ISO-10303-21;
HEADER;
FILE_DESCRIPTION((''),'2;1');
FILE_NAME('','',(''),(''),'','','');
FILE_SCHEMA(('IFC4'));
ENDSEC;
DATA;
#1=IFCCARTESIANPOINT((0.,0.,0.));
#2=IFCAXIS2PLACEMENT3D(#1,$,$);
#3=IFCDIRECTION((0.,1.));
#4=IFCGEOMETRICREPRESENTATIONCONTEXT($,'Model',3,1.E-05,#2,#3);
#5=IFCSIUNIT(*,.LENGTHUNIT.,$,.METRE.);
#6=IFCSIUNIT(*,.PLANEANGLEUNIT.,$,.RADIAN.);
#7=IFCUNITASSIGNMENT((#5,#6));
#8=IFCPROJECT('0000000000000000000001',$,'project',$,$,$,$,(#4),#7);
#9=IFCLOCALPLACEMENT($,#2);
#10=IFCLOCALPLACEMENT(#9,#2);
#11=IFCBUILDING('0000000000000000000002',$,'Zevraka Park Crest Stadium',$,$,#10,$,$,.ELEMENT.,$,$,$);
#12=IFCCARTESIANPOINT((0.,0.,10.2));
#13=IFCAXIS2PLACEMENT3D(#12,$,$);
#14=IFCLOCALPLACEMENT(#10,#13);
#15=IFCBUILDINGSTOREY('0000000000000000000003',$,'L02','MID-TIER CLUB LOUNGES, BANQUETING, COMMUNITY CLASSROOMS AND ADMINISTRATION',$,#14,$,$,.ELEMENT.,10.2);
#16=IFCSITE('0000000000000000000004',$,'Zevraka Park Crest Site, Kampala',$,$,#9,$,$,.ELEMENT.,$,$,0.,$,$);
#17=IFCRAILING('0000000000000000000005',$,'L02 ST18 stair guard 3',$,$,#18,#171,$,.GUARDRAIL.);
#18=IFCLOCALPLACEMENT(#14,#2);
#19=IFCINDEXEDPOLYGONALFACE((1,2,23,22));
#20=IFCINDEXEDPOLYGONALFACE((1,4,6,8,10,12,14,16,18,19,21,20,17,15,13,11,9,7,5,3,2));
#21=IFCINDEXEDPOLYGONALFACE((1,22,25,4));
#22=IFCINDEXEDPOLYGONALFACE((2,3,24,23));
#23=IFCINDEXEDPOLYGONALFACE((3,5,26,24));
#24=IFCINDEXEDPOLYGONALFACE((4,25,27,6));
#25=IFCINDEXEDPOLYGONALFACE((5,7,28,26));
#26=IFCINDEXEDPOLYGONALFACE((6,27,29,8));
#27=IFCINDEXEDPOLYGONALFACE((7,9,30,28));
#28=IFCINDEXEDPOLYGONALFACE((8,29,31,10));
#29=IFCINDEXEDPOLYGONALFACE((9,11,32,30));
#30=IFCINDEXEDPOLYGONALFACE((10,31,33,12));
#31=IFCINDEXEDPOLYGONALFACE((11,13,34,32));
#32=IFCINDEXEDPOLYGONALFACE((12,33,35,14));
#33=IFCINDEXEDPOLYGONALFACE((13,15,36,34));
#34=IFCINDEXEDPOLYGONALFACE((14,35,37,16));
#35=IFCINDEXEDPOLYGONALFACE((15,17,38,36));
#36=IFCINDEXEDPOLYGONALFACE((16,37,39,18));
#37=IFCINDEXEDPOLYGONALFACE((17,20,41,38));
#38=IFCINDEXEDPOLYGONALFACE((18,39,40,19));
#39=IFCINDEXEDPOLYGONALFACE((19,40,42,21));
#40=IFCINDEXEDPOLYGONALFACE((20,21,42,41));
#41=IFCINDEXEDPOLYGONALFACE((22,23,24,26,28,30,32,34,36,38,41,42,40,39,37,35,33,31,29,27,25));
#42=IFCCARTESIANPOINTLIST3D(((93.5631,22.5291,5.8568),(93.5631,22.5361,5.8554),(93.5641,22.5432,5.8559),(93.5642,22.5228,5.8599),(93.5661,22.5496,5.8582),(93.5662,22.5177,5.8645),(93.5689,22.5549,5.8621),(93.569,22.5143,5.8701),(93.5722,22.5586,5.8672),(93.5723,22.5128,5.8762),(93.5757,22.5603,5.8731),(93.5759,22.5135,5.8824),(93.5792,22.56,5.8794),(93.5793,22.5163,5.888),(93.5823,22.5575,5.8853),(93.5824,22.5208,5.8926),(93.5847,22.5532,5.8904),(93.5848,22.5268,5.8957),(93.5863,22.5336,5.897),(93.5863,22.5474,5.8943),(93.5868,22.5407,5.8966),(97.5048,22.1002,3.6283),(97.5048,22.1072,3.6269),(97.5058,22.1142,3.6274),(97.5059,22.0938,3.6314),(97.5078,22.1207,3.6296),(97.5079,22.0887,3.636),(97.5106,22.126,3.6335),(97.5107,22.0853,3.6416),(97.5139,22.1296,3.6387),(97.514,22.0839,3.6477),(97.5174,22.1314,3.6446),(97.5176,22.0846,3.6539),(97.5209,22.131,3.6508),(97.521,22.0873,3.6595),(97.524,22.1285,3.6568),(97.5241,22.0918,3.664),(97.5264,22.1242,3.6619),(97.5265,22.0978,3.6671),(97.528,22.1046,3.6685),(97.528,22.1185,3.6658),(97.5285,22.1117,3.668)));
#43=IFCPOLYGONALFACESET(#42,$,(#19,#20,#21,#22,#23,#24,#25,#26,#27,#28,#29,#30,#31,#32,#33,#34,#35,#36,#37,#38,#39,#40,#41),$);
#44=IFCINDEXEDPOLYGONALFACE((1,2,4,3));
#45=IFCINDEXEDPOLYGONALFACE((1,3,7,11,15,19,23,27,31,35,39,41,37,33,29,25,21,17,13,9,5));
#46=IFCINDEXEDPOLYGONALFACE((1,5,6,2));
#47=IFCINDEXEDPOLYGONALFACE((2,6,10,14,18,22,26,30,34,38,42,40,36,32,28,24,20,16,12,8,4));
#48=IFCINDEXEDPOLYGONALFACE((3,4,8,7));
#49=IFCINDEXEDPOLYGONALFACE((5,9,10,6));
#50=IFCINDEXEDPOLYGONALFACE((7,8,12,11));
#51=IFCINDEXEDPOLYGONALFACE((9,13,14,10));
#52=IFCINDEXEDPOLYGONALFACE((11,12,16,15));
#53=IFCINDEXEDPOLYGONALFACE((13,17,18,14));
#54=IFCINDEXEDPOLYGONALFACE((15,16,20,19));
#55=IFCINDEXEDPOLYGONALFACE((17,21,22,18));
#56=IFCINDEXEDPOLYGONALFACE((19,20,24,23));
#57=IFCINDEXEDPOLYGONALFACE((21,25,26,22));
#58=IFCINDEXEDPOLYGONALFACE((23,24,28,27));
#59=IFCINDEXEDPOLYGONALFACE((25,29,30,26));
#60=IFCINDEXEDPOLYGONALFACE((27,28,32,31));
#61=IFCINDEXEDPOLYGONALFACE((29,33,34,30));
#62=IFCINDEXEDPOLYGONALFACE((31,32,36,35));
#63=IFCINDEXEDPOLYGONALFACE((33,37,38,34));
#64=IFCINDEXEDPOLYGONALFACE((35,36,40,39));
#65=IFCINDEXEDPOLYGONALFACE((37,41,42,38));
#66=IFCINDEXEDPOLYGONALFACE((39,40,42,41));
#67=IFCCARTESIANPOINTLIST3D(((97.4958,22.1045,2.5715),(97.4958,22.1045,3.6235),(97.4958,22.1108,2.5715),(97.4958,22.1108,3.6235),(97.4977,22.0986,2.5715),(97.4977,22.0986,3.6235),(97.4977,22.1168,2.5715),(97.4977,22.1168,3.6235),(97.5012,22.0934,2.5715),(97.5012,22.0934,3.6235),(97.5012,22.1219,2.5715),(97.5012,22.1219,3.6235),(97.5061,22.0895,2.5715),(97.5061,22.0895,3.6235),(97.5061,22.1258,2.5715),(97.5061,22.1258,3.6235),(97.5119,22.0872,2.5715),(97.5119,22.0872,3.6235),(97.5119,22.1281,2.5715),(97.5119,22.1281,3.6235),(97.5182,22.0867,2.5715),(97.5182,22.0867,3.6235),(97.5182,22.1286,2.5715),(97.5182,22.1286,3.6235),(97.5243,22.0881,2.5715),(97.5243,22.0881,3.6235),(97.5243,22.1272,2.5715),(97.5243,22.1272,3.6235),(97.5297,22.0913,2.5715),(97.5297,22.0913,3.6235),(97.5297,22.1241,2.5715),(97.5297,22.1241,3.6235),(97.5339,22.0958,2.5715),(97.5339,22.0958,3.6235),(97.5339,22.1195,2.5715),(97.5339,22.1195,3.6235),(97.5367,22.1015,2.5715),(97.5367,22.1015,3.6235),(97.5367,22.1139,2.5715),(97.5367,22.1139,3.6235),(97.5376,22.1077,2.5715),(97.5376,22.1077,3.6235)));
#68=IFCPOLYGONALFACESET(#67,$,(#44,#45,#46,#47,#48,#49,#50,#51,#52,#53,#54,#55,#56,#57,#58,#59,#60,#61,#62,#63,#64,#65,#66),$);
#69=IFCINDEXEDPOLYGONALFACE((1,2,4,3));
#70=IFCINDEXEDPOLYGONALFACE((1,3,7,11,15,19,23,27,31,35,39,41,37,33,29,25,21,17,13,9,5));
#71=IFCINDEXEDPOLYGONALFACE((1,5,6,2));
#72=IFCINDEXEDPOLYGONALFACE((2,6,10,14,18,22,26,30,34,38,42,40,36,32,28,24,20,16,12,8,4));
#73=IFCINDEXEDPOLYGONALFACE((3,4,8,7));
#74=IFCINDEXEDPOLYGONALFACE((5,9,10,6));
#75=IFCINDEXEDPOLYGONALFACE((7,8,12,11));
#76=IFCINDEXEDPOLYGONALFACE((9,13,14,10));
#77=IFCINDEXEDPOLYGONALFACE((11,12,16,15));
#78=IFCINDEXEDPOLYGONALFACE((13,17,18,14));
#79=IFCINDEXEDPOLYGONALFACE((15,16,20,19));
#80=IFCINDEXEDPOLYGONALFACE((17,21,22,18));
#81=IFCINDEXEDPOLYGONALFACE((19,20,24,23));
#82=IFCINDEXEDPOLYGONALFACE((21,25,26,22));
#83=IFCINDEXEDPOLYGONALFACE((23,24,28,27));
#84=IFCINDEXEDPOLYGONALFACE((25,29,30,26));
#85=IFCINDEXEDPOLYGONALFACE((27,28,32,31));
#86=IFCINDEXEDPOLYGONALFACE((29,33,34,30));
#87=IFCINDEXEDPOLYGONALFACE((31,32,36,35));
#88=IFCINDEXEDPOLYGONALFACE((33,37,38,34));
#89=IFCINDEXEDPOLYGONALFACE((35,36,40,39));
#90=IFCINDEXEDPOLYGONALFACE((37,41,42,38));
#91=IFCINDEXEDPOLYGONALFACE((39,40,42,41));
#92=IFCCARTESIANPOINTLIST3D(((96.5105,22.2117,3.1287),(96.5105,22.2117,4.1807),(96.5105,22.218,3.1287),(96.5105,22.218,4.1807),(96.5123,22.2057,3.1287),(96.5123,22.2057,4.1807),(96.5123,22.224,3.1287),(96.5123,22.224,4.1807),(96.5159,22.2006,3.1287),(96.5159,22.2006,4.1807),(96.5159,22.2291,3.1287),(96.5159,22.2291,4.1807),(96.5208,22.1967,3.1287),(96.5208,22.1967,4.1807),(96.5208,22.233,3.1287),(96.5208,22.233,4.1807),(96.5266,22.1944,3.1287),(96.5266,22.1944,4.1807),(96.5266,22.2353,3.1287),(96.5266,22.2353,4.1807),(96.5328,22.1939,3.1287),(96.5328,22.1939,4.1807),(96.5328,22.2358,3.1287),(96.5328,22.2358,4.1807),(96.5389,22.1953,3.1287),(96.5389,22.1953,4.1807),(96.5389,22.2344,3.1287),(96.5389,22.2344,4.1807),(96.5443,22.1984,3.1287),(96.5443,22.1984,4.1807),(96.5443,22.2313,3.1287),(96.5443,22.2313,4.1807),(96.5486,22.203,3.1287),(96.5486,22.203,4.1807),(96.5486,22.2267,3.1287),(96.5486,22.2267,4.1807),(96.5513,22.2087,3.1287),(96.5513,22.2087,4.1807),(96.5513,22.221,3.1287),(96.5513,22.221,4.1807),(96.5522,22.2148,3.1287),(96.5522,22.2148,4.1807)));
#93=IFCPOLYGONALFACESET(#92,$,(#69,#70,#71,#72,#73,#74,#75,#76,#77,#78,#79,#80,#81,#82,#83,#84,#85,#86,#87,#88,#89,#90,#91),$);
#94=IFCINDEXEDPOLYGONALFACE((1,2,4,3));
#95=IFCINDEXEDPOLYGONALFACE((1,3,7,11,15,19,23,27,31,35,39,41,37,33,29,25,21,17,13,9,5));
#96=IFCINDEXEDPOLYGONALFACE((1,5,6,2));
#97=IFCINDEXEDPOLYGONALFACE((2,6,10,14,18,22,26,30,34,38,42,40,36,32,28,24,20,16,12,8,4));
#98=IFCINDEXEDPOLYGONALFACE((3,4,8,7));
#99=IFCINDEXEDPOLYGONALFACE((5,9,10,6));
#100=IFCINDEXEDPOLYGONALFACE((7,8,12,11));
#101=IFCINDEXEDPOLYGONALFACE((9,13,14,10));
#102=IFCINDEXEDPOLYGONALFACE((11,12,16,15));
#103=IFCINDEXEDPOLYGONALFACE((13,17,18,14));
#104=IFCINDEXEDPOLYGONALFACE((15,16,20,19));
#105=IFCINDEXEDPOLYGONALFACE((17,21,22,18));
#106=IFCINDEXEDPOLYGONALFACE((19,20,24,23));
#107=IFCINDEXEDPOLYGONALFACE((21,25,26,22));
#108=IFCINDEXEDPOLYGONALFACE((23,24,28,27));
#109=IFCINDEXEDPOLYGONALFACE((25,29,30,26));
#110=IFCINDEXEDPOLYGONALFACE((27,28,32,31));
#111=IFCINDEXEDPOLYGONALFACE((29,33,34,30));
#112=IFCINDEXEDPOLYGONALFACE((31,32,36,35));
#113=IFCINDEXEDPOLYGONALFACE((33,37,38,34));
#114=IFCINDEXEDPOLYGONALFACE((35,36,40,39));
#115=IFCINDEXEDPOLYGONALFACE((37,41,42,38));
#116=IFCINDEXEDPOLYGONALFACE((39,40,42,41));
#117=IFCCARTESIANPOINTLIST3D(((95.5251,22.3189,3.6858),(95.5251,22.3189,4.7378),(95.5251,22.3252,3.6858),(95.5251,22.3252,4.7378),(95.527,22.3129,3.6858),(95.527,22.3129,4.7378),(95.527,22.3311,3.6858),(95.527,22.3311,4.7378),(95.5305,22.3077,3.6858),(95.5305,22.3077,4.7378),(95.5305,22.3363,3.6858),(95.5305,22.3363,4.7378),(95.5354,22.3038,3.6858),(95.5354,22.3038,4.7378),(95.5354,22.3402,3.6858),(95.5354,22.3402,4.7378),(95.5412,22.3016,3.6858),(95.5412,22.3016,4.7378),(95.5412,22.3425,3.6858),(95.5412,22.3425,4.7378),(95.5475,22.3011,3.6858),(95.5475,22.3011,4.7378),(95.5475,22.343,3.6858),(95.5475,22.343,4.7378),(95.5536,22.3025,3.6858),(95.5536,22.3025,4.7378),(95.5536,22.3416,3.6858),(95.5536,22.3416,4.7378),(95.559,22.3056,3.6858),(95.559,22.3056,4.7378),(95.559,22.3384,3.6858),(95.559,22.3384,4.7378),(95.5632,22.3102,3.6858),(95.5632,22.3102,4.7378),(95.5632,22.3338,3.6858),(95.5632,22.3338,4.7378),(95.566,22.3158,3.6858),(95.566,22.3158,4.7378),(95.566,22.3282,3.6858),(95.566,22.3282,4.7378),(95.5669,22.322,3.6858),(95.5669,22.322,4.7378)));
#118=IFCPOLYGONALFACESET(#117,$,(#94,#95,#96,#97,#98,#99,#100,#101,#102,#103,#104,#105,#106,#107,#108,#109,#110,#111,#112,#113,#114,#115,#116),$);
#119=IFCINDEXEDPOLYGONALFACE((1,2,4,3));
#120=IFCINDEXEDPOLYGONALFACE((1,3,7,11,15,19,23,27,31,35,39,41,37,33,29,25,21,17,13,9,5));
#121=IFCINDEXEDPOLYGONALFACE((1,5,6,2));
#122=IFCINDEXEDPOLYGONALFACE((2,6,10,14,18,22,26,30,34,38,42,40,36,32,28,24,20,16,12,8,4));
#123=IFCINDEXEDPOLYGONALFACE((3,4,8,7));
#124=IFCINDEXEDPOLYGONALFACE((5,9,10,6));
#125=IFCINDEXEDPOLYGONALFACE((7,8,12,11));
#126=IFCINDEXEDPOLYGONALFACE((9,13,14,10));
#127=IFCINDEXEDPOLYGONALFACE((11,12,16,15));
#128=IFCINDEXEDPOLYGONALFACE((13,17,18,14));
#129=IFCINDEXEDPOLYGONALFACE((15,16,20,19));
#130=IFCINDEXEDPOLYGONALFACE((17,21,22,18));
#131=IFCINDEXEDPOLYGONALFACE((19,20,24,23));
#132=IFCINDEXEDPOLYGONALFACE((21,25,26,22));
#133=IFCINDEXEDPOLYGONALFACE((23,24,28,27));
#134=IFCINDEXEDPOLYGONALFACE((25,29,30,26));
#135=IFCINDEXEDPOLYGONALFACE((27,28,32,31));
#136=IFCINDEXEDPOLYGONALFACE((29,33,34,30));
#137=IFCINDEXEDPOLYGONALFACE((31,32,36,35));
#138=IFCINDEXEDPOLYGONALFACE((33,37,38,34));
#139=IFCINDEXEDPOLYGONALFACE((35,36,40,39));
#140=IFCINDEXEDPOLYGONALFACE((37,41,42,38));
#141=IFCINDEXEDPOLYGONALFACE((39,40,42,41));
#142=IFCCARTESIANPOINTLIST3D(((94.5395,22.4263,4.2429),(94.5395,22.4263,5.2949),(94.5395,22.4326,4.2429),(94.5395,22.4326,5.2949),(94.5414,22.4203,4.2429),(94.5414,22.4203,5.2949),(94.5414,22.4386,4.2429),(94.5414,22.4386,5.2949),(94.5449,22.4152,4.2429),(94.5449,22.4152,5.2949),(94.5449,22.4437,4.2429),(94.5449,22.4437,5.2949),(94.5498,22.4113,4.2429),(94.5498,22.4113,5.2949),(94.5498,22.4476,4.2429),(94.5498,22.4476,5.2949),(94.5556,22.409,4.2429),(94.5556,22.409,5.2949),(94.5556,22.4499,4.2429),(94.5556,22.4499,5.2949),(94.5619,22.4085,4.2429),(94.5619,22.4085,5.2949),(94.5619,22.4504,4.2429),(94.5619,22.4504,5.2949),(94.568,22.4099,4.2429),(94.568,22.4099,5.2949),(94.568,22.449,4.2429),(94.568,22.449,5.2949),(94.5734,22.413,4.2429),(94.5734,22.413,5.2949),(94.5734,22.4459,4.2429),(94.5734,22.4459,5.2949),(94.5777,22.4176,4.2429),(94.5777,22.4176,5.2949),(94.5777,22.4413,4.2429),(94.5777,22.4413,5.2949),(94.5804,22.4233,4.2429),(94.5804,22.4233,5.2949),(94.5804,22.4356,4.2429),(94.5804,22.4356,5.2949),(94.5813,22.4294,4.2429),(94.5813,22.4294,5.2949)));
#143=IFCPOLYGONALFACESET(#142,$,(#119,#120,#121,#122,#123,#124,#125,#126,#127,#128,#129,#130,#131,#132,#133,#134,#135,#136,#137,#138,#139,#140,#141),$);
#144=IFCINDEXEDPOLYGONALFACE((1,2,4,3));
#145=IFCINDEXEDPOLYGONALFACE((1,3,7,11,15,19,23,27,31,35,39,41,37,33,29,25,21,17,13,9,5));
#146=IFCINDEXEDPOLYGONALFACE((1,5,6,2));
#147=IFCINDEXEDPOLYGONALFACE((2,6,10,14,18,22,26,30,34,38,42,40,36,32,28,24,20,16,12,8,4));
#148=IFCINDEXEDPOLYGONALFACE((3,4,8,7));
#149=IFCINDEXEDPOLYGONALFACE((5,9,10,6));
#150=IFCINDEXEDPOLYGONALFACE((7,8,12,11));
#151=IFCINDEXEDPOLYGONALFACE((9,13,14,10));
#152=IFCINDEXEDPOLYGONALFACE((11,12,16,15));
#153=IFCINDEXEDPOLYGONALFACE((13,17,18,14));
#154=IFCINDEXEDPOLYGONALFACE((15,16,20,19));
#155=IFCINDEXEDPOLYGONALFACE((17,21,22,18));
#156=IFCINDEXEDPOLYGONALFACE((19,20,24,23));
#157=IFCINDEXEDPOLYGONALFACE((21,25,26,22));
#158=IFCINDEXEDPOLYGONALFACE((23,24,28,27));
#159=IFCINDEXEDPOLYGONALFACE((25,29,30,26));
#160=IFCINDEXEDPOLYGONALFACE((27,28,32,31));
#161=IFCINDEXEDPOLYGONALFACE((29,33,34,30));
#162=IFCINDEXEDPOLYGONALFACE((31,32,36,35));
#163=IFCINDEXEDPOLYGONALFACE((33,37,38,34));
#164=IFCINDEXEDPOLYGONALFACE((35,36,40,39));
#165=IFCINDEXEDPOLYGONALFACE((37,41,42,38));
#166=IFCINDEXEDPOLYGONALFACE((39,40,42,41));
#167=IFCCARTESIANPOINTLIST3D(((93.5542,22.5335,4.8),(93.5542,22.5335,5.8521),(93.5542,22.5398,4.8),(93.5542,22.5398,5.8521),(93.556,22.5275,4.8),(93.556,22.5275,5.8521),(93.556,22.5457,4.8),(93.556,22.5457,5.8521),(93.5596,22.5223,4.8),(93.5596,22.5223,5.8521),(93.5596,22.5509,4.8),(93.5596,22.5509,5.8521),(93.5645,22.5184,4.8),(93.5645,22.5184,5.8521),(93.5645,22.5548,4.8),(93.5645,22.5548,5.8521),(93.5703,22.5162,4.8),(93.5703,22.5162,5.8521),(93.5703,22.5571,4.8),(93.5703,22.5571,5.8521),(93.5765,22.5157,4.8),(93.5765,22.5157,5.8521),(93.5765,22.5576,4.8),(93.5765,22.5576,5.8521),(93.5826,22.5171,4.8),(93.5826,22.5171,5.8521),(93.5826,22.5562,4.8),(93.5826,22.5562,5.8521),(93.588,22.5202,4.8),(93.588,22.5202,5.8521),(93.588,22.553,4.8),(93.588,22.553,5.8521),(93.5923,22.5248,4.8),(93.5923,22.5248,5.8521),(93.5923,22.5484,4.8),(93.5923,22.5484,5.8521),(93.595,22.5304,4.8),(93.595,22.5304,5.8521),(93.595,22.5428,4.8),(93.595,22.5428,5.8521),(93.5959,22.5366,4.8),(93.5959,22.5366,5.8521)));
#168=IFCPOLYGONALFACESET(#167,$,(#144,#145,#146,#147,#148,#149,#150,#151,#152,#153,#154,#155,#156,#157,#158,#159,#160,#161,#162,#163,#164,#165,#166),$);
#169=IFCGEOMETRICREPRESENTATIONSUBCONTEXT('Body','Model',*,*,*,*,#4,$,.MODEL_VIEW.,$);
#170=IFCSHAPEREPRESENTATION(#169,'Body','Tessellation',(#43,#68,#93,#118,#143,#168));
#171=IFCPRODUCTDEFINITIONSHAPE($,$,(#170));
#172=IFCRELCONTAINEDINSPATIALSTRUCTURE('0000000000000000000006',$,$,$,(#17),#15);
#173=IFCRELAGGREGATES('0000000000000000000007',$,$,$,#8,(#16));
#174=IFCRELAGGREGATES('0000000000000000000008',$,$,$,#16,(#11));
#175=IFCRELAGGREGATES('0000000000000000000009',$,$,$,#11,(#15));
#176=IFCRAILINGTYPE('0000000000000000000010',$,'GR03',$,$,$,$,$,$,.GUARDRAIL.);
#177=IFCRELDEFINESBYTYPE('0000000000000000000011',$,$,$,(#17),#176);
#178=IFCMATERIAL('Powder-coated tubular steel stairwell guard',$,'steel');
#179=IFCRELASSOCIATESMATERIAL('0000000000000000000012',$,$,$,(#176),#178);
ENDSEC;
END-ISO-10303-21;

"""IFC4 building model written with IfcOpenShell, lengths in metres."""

from ifc_helpers import new_model, si_unit, direction, frame, origin, origin_2d, place, context, subcontext, project, spatial, circle, extrude, material, type_object, element, save


model = new_model("IFC4")

# Units and contexts
model_context = context("Model", 3, precision=1e-05, world=origin(), true_north=direction((0.0, 1.0)))
body_context = subcontext(model_context, "Body", "Model", "MODEL_VIEW")
ifc_project = project(units=[si_unit("LENGTHUNIT", "METRE"), si_unit("PLANEANGLEUNIT", "RADIAN")], contexts=[model_context])

# Site, building, storey
site_placement = place(None, origin())
site = spatial("IfcSite", under=ifc_project, at=site_placement, Name="Zevraka Park Crest Site, Kampala", CompositionType="ELEMENT", RefElevation=0.0)
building_placement = place(site_placement, origin())
building = spatial("IfcBuilding", under=site, at=building_placement, Name="Zevraka Park Crest Stadium", CompositionType="ELEMENT")
storey_placement = place(building_placement, frame((0.0, 0.0, 10.2)))
storey = spatial("IfcBuildingStorey", under=building, at=storey_placement, Name="L02", Description="MID-TIER CLUB LOUNGES, BANQUETING, COMMUNITY CLASSROOMS AND ADMINISTRATION", CompositionType="ELEMENT", Elevation=10.2)

# Railing
ifc_material_1 = material(Name="Powder-coated tubular steel stairwell guard", Category="steel")
railing_type_1 = type_object("IfcRailingType", Name="GR03", PredefinedType="GUARDRAIL", material=ifc_material_1)
railing_1_placement = place(storey_placement, frame((97.5166, 22.1077, 2.5715)))
element("IfcRailing", 1, at=railing_1_placement, inside=storey, type_object=railing_type_1, Name="L02 ST18 stair guard 3", PredefinedType="GUARDRAIL", context=body_context, shape_type="SweptSolid", body=[
    extrude(circle(Radius=0.0239, at=origin_2d()), frame((0.0, 0.0, 1.0762), z_axis=(-0.866624, 0.094311, 0.489968), x_axis=(-0.108188, -0.994131, 0.0)), (0.0, 0.0, 1.0), 4.5483),
    extrude(circle(Radius=0.021, at=origin_2d()), origin(), (0.0, 0.0, 1.0), 1.052),
    extrude(circle(Radius=0.021, at=origin_2d()), frame((-0.9854, 0.1072, 0.5571)), (0.0, 0.0, 1.0), 1.052),
    extrude(circle(Radius=0.021, at=origin_2d()), frame((-1.9707, 0.2144, 1.1143)), (0.0, 0.0, 1.0), 1.052),
    extrude(circle(Radius=0.021, at=origin_2d()), frame((-2.9563, 0.3218, 1.6714)), (0.0, 0.0, 1.0), 1.052),
    extrude(circle(Radius=0.021, at=origin_2d()), frame((-3.9417, 0.429, 2.2285)), (0.0, 0.0, 1.0), 1.052),
])

save(model, "model.ifc")
